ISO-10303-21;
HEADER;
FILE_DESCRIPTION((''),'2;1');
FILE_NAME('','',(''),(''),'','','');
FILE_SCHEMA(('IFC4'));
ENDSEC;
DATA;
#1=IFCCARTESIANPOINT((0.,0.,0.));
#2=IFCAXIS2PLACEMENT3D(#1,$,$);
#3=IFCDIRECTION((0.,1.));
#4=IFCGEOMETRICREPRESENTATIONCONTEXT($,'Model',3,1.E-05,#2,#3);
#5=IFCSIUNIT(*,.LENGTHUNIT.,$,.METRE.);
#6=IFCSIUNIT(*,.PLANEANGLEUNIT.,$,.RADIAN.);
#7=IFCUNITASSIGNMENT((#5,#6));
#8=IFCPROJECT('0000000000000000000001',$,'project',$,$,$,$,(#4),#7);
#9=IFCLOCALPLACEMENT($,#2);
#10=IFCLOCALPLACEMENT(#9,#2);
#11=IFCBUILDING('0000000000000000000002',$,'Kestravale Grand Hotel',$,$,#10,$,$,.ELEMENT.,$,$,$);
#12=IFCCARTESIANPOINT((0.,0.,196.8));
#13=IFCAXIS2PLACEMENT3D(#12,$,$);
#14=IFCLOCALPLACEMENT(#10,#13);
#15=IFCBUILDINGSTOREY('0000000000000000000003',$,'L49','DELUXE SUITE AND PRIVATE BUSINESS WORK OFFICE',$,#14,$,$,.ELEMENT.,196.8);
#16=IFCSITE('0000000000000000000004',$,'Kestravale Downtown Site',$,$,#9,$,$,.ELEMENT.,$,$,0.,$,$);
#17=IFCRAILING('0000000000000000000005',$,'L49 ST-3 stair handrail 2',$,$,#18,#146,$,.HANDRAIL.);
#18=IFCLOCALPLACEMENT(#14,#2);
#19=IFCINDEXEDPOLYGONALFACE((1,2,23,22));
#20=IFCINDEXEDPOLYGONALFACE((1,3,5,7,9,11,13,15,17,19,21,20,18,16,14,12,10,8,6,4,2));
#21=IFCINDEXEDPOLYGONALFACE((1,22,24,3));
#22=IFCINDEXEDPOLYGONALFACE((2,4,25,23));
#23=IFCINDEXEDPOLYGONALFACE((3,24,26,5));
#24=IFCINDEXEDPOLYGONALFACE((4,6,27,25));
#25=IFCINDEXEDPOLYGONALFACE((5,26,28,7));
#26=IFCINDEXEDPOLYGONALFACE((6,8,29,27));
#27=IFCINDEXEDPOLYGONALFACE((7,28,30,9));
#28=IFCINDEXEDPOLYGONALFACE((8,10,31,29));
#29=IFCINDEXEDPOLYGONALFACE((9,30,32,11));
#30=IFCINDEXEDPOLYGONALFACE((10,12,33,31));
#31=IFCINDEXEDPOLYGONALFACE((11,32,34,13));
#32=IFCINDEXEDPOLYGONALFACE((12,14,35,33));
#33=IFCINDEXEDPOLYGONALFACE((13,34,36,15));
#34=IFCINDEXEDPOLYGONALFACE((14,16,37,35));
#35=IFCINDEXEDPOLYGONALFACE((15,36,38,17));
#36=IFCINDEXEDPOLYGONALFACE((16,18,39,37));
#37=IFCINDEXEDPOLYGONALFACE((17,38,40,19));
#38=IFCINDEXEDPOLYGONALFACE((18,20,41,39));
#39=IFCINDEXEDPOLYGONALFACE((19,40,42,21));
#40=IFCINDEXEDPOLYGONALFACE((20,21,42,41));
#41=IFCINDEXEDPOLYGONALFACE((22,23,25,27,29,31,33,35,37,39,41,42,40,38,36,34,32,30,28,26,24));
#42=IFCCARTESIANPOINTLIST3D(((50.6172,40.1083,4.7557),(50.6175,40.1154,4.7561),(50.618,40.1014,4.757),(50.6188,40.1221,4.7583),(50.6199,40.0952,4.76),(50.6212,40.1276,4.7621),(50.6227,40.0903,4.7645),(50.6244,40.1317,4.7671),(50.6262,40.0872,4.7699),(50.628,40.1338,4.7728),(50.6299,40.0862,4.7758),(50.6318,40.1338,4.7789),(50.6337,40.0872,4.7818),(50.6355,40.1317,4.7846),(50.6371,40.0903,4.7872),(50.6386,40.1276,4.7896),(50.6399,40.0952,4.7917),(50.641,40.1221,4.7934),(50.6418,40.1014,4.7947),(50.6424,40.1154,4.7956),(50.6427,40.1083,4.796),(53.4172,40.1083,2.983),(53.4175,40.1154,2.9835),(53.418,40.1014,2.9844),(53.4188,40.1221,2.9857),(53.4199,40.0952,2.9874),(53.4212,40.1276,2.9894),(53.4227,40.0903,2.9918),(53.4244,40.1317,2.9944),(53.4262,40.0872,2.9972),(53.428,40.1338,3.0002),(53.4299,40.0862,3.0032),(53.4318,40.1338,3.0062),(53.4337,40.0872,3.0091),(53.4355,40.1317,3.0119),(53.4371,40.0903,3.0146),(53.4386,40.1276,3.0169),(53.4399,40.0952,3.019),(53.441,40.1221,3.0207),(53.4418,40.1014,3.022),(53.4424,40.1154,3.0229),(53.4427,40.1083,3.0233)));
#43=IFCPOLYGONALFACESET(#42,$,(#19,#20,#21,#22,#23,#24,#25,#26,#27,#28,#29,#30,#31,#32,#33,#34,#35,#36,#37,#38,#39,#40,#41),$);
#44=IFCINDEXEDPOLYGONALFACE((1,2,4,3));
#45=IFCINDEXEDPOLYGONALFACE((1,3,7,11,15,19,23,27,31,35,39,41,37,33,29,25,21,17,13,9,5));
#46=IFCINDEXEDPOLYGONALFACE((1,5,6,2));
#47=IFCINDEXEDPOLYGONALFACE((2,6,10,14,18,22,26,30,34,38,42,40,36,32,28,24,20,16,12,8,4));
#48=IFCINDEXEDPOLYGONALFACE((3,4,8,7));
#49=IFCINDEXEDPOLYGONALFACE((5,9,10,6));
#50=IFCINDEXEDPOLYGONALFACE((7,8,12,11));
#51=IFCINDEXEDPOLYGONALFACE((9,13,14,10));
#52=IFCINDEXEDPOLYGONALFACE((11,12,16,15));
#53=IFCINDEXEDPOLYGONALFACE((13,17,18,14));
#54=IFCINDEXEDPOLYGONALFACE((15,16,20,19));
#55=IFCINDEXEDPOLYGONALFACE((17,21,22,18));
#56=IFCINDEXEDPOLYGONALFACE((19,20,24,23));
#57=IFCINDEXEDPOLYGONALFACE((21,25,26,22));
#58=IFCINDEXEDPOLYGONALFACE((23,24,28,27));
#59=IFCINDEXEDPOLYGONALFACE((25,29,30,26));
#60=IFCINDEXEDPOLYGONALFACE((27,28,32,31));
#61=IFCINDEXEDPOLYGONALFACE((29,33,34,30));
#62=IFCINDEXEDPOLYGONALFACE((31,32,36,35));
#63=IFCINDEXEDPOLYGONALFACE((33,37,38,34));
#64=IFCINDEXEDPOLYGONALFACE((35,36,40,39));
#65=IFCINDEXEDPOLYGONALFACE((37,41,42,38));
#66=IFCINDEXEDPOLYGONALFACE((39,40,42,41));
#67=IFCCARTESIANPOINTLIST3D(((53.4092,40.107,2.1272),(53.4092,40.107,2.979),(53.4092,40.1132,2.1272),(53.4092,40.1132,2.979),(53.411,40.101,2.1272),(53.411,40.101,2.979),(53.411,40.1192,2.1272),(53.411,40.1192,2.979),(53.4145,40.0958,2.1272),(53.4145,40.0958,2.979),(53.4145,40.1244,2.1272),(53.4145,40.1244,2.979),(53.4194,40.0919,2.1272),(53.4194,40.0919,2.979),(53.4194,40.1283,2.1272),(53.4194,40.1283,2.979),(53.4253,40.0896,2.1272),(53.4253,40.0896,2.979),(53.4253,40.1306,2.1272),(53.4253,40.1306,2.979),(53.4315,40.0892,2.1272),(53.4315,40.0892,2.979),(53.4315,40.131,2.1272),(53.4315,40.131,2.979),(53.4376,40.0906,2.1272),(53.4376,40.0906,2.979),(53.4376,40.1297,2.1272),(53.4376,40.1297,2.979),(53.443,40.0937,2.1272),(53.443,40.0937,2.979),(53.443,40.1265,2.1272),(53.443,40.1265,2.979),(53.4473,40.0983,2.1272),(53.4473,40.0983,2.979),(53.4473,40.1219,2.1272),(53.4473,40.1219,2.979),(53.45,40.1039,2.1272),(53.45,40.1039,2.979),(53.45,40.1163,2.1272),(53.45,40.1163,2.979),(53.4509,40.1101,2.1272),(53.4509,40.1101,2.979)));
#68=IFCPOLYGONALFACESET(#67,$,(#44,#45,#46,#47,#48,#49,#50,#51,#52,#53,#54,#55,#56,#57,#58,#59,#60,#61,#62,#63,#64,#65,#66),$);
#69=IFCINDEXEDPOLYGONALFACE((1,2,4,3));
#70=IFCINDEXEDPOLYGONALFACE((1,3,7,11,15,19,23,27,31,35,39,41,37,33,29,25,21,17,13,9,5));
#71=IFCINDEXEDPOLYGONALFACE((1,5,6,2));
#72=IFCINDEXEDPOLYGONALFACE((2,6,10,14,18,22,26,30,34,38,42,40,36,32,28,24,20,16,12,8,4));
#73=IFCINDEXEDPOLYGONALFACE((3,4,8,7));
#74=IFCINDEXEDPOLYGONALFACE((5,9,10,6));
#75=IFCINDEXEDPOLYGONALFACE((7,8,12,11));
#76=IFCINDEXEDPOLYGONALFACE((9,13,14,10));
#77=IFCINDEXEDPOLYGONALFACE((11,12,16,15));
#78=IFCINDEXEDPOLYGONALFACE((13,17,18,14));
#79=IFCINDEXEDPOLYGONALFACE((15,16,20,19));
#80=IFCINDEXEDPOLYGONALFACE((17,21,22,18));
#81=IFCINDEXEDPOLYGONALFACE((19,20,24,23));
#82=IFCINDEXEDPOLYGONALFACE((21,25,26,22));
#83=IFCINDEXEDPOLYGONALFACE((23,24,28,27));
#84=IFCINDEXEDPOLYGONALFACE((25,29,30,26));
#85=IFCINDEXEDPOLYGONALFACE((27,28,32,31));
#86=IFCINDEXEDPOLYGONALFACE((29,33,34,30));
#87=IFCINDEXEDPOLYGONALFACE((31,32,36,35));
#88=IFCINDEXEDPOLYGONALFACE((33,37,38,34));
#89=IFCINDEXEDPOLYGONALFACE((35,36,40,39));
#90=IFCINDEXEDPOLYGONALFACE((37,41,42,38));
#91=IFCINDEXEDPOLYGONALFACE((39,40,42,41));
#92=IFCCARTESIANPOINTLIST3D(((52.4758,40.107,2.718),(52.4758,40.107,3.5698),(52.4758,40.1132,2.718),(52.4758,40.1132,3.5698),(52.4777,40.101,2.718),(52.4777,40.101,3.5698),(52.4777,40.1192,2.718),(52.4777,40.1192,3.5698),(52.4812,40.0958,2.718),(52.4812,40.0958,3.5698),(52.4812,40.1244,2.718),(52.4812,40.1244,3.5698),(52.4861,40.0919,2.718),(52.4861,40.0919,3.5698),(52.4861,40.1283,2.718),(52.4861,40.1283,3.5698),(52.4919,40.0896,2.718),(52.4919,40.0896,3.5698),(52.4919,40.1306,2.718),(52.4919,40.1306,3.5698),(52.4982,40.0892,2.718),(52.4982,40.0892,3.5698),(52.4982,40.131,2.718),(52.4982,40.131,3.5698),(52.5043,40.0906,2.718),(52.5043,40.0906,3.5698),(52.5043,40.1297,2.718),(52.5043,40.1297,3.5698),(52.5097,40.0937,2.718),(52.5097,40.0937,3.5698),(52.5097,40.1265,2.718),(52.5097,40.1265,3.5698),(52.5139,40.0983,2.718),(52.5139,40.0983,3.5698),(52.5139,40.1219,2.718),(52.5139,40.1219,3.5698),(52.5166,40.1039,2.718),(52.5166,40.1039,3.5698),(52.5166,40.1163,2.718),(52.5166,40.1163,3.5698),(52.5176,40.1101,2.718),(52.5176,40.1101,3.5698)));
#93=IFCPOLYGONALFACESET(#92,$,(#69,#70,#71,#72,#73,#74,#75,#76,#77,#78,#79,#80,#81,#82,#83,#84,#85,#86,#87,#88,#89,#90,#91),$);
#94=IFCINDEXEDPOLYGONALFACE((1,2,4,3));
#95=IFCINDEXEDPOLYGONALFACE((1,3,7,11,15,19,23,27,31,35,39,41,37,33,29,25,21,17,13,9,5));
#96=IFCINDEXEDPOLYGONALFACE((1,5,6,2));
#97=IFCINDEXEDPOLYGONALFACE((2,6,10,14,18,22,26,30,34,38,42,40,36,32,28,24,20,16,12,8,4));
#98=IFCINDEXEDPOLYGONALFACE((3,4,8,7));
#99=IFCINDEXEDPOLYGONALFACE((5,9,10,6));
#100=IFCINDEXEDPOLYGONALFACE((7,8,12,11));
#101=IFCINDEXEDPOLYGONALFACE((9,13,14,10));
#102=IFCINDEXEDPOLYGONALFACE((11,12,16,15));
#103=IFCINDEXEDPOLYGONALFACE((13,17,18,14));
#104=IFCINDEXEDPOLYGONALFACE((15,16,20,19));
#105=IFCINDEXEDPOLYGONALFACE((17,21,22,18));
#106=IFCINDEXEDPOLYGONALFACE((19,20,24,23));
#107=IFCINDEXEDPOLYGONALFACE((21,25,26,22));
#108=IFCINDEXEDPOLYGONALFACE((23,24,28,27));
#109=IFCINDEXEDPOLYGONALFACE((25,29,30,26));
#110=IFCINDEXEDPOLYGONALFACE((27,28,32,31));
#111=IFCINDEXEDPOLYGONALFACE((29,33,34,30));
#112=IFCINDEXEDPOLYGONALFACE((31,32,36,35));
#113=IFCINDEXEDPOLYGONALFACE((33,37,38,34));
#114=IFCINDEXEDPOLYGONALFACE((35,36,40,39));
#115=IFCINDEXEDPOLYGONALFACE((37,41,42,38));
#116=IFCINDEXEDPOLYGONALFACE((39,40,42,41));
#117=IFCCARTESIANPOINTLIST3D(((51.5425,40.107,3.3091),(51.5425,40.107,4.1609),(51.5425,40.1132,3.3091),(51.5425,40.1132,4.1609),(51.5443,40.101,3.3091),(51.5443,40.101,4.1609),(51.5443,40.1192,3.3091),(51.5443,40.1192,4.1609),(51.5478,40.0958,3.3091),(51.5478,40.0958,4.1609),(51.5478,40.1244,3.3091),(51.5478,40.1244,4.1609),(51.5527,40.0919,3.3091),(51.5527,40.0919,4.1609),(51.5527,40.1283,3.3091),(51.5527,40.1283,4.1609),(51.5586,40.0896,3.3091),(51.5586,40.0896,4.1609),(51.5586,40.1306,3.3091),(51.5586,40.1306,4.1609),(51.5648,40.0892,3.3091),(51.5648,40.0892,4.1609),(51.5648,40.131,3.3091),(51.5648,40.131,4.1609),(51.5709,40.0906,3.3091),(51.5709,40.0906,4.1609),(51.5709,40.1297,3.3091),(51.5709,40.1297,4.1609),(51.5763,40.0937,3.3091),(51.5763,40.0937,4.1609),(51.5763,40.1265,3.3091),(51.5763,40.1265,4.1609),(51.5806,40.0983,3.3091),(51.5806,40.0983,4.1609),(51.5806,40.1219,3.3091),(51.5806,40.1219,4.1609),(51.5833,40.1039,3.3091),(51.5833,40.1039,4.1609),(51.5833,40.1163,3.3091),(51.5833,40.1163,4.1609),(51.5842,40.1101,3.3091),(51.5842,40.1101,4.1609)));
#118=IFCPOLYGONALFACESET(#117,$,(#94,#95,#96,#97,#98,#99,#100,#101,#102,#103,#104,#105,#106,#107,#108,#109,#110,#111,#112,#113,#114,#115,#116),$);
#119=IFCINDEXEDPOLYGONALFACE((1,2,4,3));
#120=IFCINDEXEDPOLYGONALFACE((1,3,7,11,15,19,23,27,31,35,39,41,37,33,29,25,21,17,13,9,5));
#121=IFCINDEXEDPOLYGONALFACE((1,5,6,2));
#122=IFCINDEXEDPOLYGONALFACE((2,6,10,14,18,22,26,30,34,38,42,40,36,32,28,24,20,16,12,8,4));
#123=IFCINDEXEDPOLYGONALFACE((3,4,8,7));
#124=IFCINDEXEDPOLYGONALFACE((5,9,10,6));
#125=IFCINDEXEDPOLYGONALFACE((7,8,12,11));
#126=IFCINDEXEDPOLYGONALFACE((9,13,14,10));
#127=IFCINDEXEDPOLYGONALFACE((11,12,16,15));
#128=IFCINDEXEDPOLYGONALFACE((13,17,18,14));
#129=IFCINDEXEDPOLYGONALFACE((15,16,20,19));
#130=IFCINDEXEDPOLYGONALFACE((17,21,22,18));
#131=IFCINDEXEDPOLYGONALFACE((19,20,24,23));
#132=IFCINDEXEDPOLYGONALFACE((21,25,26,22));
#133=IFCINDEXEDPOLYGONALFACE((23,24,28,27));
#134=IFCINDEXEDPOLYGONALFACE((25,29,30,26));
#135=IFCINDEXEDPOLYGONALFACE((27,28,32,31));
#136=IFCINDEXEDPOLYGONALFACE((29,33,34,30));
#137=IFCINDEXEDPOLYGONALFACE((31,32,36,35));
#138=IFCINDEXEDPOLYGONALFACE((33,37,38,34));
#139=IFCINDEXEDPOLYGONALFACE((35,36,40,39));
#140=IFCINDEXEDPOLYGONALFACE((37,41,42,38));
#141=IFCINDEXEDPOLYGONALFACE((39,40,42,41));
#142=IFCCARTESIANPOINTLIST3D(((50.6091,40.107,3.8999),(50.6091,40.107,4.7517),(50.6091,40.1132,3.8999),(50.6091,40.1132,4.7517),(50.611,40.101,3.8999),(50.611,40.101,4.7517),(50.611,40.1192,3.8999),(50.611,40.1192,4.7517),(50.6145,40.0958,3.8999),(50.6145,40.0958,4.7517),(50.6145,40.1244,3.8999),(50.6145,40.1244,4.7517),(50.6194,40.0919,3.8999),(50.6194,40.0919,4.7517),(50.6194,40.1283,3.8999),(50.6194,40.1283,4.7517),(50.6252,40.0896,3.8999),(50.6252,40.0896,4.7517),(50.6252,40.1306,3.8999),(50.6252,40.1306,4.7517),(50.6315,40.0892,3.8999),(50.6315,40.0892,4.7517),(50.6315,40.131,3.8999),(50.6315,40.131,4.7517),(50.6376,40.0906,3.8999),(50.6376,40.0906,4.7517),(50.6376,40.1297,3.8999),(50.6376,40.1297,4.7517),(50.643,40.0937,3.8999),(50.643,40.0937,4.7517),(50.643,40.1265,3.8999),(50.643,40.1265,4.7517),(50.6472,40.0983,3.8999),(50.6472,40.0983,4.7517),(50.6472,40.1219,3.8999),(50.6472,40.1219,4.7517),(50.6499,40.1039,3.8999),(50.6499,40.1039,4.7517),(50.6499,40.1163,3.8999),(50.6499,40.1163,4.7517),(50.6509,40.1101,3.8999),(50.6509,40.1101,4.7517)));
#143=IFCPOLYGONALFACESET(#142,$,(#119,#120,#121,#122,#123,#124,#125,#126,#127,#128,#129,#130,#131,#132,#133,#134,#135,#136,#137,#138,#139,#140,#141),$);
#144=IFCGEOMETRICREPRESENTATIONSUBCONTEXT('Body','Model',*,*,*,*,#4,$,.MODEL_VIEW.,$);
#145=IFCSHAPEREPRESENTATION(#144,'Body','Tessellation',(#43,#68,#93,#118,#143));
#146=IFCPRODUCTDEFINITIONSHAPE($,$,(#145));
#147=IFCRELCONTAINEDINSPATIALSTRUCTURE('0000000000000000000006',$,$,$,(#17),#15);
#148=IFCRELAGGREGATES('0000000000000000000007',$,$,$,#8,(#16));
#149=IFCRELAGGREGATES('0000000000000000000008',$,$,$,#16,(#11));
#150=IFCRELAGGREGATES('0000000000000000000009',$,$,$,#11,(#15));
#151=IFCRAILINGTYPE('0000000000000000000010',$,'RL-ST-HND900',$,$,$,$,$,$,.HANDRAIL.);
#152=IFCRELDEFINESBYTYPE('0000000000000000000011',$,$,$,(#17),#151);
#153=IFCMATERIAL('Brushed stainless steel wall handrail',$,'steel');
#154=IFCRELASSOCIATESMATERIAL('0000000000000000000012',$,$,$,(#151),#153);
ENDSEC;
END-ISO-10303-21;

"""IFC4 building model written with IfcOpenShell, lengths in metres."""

from ifc_helpers import new_model, si_unit, direction, frame, origin, origin_2d, place, context, subcontext, project, spatial, circle, extrude, material, type_object, element, save


model = new_model("IFC4")

# Units and contexts
model_context = context("Model", 3, precision=1e-05, world=origin(), true_north=direction((0.0, 1.0)))
body_context = subcontext(model_context, "Body", "Model", "MODEL_VIEW")
ifc_project = project(units=[si_unit("LENGTHUNIT", "METRE"), si_unit("PLANEANGLEUNIT", "RADIAN")], contexts=[model_context])

# Site, building, storey
site_placement = place(None, origin())
site = spatial("IfcSite", under=ifc_project, at=site_placement, Name="Kestravale Downtown Site", CompositionType="ELEMENT", RefElevation=0.0)
building_placement = place(site_placement, origin())
building = spatial("IfcBuilding", under=site, at=building_placement, Name="Kestravale Grand Hotel", CompositionType="ELEMENT")
storey_placement = place(building_placement, frame((0.0, 0.0, 196.8)))
storey = spatial("IfcBuildingStorey", under=building, at=storey_placement, Name="L49", Description="DELUXE SUITE AND PRIVATE BUSINESS WORK OFFICE", CompositionType="ELEMENT", Elevation=196.8)

# Railing
ifc_material_1 = material(Name="Brushed stainless steel wall handrail", Category="steel")
railing_type_1 = type_object("IfcRailingType", Name="RL-ST-HND900", PredefinedType="HANDRAIL", material=ifc_material_1)
railing_1_placement = place(storey_placement, frame((53.4299, 40.1101, 2.1272)))
element("IfcRailing", 1, at=railing_1_placement, inside=storey, type_object=railing_type_1, Name="L49 ST-3 stair handrail 2", PredefinedType="HANDRAIL", context=body_context, shape_type="SweptSolid", body=[
    extrude(circle(Radius=0.0239, at=origin_2d()), frame((0.0, 0.0, 0.876), z_axis=(-0.844909, 0.0, 0.53491), x_axis=(0.0, -1.0, 0.0)), (0.0, 0.0, 1.0), 3.314),
    extrude(circle(Radius=0.021, at=origin_2d()), origin(), (0.0, 0.0, 1.0), 0.8518),
    extrude(circle(Radius=0.021, at=origin_2d()), frame((-0.9333, 0.0, 0.5908)), (0.0, 0.0, 1.0), 0.8518),
    extrude(circle(Radius=0.021, at=origin_2d()), frame((-1.8667, 0.0, 1.1819)), (0.0, 0.0, 1.0), 0.8518),
    extrude(circle(Radius=0.021, at=origin_2d()), frame((-2.8, 0.0, 1.7727)), (0.0, 0.0, 1.0), 0.8518),
])

save(model, "model.ifc")
